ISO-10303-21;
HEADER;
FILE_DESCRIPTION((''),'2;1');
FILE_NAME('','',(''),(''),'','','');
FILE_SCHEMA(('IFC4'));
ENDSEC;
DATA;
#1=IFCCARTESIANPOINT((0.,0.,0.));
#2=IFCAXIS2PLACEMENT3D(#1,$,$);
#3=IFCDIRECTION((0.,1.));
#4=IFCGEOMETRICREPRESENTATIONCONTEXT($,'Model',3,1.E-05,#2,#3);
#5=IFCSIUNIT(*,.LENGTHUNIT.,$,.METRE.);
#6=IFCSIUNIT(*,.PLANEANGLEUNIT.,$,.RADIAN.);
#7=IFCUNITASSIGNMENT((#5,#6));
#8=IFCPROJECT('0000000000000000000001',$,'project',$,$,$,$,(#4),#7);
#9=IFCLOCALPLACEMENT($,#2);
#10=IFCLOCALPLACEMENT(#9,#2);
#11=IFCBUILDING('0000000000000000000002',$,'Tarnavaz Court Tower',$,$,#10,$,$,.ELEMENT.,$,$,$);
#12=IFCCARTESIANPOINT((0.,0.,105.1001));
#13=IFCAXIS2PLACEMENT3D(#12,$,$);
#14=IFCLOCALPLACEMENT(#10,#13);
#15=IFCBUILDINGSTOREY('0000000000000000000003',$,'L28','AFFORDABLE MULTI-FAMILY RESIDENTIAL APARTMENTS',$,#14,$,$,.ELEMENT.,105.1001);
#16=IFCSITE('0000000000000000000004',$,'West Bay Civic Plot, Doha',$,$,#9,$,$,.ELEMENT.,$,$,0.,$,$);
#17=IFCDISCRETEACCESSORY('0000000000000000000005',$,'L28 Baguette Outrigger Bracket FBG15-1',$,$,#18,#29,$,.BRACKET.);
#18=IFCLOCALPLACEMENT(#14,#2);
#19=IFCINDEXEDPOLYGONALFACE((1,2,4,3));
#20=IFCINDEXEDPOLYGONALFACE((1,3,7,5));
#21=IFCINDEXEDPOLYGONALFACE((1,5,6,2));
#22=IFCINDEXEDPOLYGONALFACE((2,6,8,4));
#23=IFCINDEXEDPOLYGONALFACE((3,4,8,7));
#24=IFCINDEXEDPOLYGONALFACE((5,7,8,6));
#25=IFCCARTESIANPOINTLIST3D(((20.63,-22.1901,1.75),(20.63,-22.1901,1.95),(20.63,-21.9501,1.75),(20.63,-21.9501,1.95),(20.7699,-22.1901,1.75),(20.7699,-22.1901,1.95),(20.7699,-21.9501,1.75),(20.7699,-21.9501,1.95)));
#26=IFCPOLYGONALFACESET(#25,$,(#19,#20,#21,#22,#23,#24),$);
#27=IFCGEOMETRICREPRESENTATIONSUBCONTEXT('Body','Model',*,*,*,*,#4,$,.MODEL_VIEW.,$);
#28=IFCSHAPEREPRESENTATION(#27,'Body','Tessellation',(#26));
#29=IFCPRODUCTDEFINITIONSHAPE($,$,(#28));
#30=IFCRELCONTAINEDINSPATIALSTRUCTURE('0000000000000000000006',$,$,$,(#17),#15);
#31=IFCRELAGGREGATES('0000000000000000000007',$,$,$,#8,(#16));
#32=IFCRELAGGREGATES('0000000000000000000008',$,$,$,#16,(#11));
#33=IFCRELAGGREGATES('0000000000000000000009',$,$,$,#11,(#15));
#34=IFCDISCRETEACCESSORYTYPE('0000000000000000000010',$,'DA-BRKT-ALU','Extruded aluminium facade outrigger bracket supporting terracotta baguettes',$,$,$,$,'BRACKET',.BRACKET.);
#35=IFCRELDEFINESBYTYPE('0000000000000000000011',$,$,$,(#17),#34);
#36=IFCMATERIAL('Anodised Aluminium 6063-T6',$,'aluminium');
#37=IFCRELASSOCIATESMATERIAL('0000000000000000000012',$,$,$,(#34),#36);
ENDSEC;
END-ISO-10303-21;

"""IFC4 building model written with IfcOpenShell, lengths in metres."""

from ifc_helpers import new_model, si_unit, direction, frame, origin, origin_2d, place, context, subcontext, project, spatial, rectangle, extrude, material, type_object, element, save


model = new_model("IFC4")

# Units and contexts
model_context = context("Model", 3, precision=1e-05, world=origin(), true_north=direction((0.0, 1.0)))
body_context = subcontext(model_context, "Body", "Model", "MODEL_VIEW")
ifc_project = project(units=[si_unit("LENGTHUNIT", "METRE"), si_unit("PLANEANGLEUNIT", "RADIAN")], contexts=[model_context])

# Site, building, storey
site_placement = place(None, origin())
site = spatial("IfcSite", under=ifc_project, at=site_placement, Name="West Bay Civic Plot, Doha", CompositionType="ELEMENT", RefElevation=0.0)
building_placement = place(site_placement, origin())
building = spatial("IfcBuilding", under=site, at=building_placement, Name="Tarnavaz Court Tower", CompositionType="ELEMENT")
storey_placement = place(building_placement, frame((0.0, 0.0, 105.1001)))
storey = spatial("IfcBuildingStorey", under=building, at=storey_placement, Name="L28", Description="AFFORDABLE MULTI-FAMILY RESIDENTIAL APARTMENTS", CompositionType="ELEMENT", Elevation=105.1001)

# Discrete accessory
ifc_material_1 = material(Name="Anodised Aluminium 6063-T6", Category="aluminium")
discrete_accessory_type = type_object("IfcDiscreteAccessoryType", Name="DA-BRKT-ALU", Description="Extruded aluminium facade outrigger bracket supporting terracotta baguettes", ElementType="BRACKET", PredefinedType="BRACKET", material=ifc_material_1)
discrete_accessory_placement = place(storey_placement, frame((20.7, -22.0701, 1.75), z_axis=(0.0, 0.0, 1.0), x_axis=(-1.0, 0.0, 0.0)))
element("IfcDiscreteAccessory", 1, at=discrete_accessory_placement, inside=storey, type_object=discrete_accessory_type, Name="L28 Baguette Outrigger Bracket FBG15-1", PredefinedType="BRACKET", context=body_context, shape_type="SweptSolid", body=[
    extrude(rectangle(XDim=0.1399, YDim=0.24, at=origin_2d()), origin(), (0.0, 0.0, 1.0), 0.2),
])

save(model, "model.ifc")
